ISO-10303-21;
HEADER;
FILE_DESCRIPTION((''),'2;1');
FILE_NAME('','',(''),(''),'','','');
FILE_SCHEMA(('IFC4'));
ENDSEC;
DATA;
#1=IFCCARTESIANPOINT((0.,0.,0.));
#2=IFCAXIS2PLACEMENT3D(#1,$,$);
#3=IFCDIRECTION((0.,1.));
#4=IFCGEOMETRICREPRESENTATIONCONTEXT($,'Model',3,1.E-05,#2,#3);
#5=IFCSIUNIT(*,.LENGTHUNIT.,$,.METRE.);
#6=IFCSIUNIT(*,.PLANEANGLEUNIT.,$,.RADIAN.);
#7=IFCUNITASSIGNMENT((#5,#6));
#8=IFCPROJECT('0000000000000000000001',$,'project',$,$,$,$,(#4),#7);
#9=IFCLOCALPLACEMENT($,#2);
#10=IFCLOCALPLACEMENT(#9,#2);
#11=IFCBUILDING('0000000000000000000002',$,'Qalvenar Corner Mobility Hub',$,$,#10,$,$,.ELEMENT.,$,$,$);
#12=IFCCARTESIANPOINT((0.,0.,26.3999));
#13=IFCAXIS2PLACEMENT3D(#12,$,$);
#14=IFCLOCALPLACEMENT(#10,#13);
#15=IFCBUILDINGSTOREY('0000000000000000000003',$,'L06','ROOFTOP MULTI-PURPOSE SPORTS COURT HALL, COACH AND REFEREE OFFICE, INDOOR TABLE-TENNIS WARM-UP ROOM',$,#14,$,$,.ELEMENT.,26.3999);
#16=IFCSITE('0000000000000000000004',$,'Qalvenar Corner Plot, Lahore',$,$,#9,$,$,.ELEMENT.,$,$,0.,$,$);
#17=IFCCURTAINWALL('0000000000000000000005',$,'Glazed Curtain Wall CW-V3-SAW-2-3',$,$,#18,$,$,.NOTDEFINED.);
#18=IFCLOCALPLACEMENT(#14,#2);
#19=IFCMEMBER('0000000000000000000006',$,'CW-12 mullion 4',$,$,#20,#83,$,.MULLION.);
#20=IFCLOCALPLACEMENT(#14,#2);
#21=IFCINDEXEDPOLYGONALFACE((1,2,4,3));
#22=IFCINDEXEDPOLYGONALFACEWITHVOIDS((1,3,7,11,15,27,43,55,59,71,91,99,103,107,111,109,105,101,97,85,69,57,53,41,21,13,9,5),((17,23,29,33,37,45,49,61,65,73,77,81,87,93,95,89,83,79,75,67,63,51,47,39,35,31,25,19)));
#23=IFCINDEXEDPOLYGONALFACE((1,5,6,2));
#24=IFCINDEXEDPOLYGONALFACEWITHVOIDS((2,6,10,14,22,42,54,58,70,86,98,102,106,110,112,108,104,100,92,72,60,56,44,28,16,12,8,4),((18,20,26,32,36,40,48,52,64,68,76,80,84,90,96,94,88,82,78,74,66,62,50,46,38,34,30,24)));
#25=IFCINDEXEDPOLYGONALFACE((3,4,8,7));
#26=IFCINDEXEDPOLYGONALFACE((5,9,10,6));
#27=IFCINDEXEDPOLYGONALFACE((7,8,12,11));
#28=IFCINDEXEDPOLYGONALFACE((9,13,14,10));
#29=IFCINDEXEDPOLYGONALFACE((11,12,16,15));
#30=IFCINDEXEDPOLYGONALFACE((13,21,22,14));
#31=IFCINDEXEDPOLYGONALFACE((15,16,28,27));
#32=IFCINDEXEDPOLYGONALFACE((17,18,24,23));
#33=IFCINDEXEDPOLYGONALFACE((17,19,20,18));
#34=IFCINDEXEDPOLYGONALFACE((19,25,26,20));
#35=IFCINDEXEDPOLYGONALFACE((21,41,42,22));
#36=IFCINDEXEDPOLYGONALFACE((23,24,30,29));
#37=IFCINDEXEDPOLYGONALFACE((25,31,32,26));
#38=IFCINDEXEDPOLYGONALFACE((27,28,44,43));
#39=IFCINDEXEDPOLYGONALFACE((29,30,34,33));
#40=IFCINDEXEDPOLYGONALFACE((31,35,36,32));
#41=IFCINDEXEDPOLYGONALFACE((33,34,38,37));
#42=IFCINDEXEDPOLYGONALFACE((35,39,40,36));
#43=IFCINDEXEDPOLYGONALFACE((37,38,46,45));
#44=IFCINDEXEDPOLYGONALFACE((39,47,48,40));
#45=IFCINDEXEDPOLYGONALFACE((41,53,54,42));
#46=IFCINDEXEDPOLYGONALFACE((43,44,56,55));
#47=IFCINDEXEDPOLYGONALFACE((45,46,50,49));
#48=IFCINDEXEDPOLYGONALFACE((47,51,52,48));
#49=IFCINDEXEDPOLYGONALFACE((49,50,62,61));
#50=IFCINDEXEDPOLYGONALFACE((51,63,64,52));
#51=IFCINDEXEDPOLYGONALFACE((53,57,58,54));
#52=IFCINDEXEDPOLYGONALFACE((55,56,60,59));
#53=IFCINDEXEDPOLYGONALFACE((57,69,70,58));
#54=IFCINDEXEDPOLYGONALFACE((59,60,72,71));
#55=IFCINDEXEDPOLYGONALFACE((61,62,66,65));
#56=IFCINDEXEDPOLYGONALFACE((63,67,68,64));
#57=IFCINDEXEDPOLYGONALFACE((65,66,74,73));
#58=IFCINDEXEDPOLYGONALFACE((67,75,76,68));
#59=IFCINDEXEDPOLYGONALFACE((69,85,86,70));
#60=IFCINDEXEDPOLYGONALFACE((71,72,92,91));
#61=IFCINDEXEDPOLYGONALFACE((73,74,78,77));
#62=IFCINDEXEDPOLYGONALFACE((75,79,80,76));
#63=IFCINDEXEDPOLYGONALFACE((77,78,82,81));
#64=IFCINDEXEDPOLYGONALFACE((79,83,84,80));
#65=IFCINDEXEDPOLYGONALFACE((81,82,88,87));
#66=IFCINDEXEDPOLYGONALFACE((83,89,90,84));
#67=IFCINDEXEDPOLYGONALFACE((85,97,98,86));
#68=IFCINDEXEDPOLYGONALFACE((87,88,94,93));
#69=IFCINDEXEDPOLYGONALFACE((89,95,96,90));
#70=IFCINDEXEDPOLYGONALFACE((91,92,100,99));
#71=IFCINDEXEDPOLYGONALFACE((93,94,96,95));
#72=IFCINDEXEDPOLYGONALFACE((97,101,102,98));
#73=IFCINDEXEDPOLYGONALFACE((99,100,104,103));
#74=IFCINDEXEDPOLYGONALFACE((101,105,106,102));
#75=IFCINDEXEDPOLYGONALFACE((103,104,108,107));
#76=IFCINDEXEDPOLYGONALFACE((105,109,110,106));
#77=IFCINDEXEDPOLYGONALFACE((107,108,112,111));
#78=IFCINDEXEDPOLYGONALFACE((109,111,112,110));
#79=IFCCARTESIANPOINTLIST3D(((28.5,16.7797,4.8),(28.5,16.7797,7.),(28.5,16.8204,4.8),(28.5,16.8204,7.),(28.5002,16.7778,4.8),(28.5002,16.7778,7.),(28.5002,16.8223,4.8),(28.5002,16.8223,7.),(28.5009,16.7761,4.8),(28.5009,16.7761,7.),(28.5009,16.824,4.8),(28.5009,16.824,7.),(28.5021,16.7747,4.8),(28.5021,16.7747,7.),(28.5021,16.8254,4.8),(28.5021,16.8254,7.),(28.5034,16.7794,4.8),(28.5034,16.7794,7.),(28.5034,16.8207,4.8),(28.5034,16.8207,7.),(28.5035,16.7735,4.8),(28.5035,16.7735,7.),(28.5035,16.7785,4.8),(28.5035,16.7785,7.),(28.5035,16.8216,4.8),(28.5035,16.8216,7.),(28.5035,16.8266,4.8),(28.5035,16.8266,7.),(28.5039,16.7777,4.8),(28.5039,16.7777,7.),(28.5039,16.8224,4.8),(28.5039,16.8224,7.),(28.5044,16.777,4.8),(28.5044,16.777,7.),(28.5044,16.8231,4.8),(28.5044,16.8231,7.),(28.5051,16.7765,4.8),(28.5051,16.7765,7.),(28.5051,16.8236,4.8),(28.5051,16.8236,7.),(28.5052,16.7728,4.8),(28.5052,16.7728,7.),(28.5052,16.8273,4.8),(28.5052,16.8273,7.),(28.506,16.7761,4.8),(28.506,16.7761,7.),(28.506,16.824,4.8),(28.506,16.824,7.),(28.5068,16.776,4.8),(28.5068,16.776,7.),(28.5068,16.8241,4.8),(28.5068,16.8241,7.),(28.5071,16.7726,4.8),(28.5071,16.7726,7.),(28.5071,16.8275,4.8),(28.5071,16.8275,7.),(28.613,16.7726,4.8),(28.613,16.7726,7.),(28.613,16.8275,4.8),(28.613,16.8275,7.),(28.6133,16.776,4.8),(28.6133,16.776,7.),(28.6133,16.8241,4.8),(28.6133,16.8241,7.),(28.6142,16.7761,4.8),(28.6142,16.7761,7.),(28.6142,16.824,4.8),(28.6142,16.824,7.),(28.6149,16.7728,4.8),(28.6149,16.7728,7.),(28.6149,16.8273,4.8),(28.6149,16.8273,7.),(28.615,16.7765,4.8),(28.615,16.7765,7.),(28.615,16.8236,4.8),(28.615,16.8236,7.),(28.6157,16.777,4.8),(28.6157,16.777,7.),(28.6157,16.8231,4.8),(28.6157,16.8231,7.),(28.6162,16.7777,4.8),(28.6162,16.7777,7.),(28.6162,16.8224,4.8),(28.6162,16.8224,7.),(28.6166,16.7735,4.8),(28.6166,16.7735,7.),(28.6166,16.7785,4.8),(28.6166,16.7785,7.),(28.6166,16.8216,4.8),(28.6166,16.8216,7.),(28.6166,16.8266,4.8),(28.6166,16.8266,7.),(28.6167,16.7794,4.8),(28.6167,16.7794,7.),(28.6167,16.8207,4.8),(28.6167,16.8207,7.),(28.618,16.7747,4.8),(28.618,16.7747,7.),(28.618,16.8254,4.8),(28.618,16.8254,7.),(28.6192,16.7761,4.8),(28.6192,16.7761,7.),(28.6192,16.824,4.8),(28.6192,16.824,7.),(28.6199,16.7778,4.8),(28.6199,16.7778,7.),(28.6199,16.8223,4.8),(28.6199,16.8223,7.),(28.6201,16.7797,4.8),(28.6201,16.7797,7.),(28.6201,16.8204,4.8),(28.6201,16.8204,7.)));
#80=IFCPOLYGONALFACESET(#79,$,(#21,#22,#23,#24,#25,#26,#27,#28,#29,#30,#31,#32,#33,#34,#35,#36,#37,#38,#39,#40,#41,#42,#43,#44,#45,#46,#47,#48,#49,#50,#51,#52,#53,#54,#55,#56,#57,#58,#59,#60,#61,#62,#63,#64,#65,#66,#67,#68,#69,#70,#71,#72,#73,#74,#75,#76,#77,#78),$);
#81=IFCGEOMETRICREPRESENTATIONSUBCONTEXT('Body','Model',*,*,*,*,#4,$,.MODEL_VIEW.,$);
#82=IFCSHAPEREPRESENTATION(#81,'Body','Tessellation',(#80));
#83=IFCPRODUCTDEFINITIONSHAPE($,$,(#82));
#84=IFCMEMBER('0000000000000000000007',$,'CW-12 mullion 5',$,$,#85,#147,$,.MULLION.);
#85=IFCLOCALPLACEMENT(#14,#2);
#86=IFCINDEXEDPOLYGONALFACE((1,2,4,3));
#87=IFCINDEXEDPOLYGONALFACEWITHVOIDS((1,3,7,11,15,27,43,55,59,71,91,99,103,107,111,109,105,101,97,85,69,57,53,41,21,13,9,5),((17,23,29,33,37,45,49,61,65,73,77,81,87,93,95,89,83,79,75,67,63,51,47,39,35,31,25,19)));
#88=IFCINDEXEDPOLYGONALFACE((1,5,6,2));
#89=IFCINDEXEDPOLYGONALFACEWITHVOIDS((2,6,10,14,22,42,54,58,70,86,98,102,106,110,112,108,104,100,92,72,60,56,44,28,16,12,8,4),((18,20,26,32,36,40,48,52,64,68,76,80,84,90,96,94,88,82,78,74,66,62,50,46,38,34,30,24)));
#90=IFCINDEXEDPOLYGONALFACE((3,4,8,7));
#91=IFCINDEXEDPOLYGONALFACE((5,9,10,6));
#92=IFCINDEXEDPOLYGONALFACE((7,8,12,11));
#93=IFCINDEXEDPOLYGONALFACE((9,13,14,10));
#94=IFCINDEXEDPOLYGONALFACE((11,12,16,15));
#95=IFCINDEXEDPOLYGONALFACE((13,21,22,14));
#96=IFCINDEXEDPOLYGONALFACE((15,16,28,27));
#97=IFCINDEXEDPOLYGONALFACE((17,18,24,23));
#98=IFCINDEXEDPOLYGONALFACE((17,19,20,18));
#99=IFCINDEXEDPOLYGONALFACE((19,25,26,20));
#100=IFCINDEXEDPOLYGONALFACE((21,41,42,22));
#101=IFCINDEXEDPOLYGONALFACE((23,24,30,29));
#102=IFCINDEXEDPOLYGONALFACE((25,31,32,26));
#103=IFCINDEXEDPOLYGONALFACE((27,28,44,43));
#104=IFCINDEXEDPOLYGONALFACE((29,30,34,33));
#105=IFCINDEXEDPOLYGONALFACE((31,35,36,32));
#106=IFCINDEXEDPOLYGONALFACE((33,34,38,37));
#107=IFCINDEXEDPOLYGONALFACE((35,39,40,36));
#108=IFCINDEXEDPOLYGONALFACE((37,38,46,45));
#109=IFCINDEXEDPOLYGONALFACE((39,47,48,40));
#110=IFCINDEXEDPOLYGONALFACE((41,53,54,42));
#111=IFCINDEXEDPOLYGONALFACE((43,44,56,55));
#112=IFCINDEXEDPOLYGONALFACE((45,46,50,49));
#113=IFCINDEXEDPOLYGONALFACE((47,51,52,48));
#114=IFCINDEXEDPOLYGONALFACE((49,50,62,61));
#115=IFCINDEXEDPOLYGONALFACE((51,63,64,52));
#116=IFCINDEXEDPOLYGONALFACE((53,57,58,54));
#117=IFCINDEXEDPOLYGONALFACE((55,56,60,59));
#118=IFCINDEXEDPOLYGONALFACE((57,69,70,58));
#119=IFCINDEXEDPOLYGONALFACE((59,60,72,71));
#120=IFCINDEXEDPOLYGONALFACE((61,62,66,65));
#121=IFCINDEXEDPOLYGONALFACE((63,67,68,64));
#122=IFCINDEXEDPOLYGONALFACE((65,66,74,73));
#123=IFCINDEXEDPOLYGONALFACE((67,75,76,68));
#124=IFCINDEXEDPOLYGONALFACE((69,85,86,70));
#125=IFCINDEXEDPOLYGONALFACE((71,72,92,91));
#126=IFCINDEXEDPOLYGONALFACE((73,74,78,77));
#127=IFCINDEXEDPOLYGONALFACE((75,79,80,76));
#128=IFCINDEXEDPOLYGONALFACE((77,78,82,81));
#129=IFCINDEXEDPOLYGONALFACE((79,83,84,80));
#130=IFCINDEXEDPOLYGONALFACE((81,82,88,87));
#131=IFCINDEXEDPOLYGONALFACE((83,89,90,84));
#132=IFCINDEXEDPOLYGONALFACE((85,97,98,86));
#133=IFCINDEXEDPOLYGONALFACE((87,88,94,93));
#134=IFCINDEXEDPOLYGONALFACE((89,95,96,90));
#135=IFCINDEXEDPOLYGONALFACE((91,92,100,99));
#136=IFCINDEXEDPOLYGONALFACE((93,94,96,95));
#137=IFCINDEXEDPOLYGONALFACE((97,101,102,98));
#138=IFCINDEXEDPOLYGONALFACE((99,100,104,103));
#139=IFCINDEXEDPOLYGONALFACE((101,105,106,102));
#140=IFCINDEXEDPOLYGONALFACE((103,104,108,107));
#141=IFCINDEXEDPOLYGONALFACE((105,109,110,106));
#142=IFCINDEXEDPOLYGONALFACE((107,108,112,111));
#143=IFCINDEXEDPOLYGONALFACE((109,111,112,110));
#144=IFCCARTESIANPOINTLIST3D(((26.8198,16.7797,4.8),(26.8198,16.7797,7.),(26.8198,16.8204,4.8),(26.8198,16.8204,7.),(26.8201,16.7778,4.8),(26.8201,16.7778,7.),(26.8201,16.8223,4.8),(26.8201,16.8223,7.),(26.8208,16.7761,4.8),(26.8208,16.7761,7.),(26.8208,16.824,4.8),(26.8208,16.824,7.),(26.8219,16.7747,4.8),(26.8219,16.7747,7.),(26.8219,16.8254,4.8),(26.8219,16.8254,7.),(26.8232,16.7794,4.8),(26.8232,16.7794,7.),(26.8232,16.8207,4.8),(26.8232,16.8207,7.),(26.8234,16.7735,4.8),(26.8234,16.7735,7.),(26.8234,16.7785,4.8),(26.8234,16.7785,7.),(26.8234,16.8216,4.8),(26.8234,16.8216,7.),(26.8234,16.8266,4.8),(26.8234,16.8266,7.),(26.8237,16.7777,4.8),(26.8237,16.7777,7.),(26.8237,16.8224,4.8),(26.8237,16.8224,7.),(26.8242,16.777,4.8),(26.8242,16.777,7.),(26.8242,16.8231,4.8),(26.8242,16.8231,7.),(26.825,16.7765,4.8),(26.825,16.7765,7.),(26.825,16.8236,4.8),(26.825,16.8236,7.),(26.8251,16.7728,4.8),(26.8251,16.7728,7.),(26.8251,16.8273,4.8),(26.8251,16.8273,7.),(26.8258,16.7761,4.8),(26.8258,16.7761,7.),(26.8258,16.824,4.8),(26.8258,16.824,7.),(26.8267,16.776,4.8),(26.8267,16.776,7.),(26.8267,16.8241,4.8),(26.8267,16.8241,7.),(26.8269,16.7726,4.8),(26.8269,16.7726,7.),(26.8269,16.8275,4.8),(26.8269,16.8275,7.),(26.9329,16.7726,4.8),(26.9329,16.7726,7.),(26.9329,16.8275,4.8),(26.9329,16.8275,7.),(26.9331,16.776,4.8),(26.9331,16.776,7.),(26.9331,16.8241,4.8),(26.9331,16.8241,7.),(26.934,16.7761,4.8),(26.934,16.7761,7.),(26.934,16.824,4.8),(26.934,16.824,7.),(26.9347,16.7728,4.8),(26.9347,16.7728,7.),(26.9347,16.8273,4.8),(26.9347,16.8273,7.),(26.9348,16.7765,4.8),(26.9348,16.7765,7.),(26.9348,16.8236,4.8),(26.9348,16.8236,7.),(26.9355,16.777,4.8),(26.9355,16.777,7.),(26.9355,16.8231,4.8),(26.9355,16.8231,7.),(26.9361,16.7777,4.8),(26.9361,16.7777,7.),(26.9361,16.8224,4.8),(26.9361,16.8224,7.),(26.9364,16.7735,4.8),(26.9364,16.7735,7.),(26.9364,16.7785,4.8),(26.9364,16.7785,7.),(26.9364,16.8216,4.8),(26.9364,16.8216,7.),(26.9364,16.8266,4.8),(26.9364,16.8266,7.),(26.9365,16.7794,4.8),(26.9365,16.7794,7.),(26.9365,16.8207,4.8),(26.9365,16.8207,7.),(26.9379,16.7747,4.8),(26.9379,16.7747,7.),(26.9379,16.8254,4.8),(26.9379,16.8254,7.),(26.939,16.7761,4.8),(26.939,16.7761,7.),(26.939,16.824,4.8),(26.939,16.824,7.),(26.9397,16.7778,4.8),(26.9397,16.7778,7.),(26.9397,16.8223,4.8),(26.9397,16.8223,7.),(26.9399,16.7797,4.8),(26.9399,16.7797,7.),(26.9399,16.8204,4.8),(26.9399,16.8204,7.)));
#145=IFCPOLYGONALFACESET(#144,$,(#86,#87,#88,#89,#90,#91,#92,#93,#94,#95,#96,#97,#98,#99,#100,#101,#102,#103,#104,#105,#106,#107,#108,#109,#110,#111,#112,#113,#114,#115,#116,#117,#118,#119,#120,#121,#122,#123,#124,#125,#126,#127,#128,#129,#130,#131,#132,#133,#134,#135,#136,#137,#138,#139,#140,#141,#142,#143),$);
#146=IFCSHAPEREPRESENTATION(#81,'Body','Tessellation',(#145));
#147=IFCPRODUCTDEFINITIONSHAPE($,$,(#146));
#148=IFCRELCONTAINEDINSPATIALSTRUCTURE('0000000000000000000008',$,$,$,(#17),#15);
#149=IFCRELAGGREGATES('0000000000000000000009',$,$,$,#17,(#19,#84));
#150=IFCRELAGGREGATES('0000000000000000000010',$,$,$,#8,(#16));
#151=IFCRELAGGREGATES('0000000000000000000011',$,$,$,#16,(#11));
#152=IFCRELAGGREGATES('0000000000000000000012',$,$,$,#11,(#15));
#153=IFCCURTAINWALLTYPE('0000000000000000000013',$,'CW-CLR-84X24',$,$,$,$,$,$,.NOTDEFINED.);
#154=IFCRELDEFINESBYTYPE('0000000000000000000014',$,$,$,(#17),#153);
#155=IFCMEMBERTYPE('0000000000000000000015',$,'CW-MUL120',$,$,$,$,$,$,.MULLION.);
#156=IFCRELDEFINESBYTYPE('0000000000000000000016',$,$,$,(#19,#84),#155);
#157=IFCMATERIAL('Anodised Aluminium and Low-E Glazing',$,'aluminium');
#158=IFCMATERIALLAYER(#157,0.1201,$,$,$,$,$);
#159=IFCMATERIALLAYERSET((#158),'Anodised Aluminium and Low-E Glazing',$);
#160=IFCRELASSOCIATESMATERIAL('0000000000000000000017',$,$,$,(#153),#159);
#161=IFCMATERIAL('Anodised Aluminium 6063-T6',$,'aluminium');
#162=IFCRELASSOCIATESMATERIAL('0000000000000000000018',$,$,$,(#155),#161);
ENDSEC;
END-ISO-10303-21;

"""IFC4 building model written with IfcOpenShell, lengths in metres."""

from ifc_helpers import new_model, si_unit, direction, frame, origin, origin_2d, place, context, subcontext, project, spatial, hollow_rectangle, extrude, material, layer, layer_set, material_profile, profile_set, type_object, element, aggregate, save


model = new_model("IFC4")

# Units and contexts
model_context = context("Model", 3, precision=1e-05, world=origin(), true_north=direction((0.0, 1.0)))
body_context = subcontext(model_context, "Body", "Model", "MODEL_VIEW")
ifc_project = project(units=[si_unit("LENGTHUNIT", "METRE"), si_unit("PLANEANGLEUNIT", "RADIAN")], contexts=[model_context])

# Site, building, storey
site_placement = place(None, origin())
site = spatial("IfcSite", under=ifc_project, at=site_placement, Name="Qalvenar Corner Plot, Lahore", CompositionType="ELEMENT", RefElevation=0.0)
building_placement = place(site_placement, origin())
building = spatial("IfcBuilding", under=site, at=building_placement, Name="Qalvenar Corner Mobility Hub", CompositionType="ELEMENT")
storey_placement = place(building_placement, frame((0.0, 0.0, 26.3999)))
storey = spatial("IfcBuildingStorey", under=building, at=storey_placement, Name="L06", Description="ROOFTOP MULTI-PURPOSE SPORTS COURT HALL, COACH AND REFEREE OFFICE, INDOOR TABLE-TENNIS WARM-UP ROOM", CompositionType="ELEMENT", Elevation=26.3999)

# Curtain wall, members
ifc_material_1 = material(Name="Anodised Aluminium and Low-E Glazing", Category="aluminium")
ifc_layer_1 = layer(ifc_material_1, 0.1201)
ifc_layer_set_1 = layer_set([ifc_layer_1], Name="Anodised Aluminium and Low-E Glazing")
curtain_wall_type = type_object("IfcCurtainWallType", Name="CW-CLR-84X24", PredefinedType="NOTDEFINED", material=ifc_layer_set_1)
ifc_material_2 = material(Name="Anodised Aluminium 6063-T6", Category="aluminium")
ifc_material_profile_1 = material_profile(ifc_material_2, hollow_rectangle(XDim=0.0549, YDim=0.1201, WallThickness=0.0034, InnerFilletRadius=0.0034, OuterFilletRadius=0.0071, at=origin_2d()), Name="RHS120x55x3.5")
ifc_profile_set_1 = profile_set([ifc_material_profile_1], Name="Anodised Aluminium 6063-T6")
member_type_1 = type_object("IfcMemberType", Name="CW-MUL120", PredefinedType="MULLION", material=ifc_profile_set_1)
curtain_wall_1_placement = place(storey_placement, origin())
curtain_wall_1 = element("IfcCurtainWall", 1, at=curtain_wall_1_placement, inside=storey, type_object=curtain_wall_type, Name="Glazed Curtain Wall CW-V3-SAW-2-3", PredefinedType="NOTDEFINED")
member_1_placement = place(storey_placement, frame((28.5601, 16.8, 4.8), z_axis=(0.0, 0.0, 1.0), x_axis=(0.0, -1.0, 0.0)))
member_1 = element("IfcMember", 2, at=member_1_placement, type_object=member_type_1, Name="CW-12 mullion 4", PredefinedType="MULLION", context=body_context, shape_type="SweptSolid", body=[
    extrude(hollow_rectangle(XDim=0.0549, YDim=0.1201, WallThickness=0.0034, InnerFilletRadius=0.0034, OuterFilletRadius=0.0071, at=origin_2d()), origin(), (0.0, 0.0, 1.0), 2.2),
])
member_2_placement = place(storey_placement, frame((26.8799, 16.8, 4.8), z_axis=(0.0, 0.0, 1.0), x_axis=(0.0, -1.0, 0.0)))
member_2 = element("IfcMember", 3, at=member_2_placement, type_object=member_type_1, Name="CW-12 mullion 5", PredefinedType="MULLION", context=body_context, shape_type="SweptSolid", body=[
    extrude(hollow_rectangle(XDim=0.0549, YDim=0.1201, WallThickness=0.0034, InnerFilletRadius=0.0034, OuterFilletRadius=0.0071, at=origin_2d()), origin(), (0.0, 0.0, 1.0), 2.2),
])

aggregate(curtain_wall_1, [member_1, member_2])

save(model, "model.ifc")
